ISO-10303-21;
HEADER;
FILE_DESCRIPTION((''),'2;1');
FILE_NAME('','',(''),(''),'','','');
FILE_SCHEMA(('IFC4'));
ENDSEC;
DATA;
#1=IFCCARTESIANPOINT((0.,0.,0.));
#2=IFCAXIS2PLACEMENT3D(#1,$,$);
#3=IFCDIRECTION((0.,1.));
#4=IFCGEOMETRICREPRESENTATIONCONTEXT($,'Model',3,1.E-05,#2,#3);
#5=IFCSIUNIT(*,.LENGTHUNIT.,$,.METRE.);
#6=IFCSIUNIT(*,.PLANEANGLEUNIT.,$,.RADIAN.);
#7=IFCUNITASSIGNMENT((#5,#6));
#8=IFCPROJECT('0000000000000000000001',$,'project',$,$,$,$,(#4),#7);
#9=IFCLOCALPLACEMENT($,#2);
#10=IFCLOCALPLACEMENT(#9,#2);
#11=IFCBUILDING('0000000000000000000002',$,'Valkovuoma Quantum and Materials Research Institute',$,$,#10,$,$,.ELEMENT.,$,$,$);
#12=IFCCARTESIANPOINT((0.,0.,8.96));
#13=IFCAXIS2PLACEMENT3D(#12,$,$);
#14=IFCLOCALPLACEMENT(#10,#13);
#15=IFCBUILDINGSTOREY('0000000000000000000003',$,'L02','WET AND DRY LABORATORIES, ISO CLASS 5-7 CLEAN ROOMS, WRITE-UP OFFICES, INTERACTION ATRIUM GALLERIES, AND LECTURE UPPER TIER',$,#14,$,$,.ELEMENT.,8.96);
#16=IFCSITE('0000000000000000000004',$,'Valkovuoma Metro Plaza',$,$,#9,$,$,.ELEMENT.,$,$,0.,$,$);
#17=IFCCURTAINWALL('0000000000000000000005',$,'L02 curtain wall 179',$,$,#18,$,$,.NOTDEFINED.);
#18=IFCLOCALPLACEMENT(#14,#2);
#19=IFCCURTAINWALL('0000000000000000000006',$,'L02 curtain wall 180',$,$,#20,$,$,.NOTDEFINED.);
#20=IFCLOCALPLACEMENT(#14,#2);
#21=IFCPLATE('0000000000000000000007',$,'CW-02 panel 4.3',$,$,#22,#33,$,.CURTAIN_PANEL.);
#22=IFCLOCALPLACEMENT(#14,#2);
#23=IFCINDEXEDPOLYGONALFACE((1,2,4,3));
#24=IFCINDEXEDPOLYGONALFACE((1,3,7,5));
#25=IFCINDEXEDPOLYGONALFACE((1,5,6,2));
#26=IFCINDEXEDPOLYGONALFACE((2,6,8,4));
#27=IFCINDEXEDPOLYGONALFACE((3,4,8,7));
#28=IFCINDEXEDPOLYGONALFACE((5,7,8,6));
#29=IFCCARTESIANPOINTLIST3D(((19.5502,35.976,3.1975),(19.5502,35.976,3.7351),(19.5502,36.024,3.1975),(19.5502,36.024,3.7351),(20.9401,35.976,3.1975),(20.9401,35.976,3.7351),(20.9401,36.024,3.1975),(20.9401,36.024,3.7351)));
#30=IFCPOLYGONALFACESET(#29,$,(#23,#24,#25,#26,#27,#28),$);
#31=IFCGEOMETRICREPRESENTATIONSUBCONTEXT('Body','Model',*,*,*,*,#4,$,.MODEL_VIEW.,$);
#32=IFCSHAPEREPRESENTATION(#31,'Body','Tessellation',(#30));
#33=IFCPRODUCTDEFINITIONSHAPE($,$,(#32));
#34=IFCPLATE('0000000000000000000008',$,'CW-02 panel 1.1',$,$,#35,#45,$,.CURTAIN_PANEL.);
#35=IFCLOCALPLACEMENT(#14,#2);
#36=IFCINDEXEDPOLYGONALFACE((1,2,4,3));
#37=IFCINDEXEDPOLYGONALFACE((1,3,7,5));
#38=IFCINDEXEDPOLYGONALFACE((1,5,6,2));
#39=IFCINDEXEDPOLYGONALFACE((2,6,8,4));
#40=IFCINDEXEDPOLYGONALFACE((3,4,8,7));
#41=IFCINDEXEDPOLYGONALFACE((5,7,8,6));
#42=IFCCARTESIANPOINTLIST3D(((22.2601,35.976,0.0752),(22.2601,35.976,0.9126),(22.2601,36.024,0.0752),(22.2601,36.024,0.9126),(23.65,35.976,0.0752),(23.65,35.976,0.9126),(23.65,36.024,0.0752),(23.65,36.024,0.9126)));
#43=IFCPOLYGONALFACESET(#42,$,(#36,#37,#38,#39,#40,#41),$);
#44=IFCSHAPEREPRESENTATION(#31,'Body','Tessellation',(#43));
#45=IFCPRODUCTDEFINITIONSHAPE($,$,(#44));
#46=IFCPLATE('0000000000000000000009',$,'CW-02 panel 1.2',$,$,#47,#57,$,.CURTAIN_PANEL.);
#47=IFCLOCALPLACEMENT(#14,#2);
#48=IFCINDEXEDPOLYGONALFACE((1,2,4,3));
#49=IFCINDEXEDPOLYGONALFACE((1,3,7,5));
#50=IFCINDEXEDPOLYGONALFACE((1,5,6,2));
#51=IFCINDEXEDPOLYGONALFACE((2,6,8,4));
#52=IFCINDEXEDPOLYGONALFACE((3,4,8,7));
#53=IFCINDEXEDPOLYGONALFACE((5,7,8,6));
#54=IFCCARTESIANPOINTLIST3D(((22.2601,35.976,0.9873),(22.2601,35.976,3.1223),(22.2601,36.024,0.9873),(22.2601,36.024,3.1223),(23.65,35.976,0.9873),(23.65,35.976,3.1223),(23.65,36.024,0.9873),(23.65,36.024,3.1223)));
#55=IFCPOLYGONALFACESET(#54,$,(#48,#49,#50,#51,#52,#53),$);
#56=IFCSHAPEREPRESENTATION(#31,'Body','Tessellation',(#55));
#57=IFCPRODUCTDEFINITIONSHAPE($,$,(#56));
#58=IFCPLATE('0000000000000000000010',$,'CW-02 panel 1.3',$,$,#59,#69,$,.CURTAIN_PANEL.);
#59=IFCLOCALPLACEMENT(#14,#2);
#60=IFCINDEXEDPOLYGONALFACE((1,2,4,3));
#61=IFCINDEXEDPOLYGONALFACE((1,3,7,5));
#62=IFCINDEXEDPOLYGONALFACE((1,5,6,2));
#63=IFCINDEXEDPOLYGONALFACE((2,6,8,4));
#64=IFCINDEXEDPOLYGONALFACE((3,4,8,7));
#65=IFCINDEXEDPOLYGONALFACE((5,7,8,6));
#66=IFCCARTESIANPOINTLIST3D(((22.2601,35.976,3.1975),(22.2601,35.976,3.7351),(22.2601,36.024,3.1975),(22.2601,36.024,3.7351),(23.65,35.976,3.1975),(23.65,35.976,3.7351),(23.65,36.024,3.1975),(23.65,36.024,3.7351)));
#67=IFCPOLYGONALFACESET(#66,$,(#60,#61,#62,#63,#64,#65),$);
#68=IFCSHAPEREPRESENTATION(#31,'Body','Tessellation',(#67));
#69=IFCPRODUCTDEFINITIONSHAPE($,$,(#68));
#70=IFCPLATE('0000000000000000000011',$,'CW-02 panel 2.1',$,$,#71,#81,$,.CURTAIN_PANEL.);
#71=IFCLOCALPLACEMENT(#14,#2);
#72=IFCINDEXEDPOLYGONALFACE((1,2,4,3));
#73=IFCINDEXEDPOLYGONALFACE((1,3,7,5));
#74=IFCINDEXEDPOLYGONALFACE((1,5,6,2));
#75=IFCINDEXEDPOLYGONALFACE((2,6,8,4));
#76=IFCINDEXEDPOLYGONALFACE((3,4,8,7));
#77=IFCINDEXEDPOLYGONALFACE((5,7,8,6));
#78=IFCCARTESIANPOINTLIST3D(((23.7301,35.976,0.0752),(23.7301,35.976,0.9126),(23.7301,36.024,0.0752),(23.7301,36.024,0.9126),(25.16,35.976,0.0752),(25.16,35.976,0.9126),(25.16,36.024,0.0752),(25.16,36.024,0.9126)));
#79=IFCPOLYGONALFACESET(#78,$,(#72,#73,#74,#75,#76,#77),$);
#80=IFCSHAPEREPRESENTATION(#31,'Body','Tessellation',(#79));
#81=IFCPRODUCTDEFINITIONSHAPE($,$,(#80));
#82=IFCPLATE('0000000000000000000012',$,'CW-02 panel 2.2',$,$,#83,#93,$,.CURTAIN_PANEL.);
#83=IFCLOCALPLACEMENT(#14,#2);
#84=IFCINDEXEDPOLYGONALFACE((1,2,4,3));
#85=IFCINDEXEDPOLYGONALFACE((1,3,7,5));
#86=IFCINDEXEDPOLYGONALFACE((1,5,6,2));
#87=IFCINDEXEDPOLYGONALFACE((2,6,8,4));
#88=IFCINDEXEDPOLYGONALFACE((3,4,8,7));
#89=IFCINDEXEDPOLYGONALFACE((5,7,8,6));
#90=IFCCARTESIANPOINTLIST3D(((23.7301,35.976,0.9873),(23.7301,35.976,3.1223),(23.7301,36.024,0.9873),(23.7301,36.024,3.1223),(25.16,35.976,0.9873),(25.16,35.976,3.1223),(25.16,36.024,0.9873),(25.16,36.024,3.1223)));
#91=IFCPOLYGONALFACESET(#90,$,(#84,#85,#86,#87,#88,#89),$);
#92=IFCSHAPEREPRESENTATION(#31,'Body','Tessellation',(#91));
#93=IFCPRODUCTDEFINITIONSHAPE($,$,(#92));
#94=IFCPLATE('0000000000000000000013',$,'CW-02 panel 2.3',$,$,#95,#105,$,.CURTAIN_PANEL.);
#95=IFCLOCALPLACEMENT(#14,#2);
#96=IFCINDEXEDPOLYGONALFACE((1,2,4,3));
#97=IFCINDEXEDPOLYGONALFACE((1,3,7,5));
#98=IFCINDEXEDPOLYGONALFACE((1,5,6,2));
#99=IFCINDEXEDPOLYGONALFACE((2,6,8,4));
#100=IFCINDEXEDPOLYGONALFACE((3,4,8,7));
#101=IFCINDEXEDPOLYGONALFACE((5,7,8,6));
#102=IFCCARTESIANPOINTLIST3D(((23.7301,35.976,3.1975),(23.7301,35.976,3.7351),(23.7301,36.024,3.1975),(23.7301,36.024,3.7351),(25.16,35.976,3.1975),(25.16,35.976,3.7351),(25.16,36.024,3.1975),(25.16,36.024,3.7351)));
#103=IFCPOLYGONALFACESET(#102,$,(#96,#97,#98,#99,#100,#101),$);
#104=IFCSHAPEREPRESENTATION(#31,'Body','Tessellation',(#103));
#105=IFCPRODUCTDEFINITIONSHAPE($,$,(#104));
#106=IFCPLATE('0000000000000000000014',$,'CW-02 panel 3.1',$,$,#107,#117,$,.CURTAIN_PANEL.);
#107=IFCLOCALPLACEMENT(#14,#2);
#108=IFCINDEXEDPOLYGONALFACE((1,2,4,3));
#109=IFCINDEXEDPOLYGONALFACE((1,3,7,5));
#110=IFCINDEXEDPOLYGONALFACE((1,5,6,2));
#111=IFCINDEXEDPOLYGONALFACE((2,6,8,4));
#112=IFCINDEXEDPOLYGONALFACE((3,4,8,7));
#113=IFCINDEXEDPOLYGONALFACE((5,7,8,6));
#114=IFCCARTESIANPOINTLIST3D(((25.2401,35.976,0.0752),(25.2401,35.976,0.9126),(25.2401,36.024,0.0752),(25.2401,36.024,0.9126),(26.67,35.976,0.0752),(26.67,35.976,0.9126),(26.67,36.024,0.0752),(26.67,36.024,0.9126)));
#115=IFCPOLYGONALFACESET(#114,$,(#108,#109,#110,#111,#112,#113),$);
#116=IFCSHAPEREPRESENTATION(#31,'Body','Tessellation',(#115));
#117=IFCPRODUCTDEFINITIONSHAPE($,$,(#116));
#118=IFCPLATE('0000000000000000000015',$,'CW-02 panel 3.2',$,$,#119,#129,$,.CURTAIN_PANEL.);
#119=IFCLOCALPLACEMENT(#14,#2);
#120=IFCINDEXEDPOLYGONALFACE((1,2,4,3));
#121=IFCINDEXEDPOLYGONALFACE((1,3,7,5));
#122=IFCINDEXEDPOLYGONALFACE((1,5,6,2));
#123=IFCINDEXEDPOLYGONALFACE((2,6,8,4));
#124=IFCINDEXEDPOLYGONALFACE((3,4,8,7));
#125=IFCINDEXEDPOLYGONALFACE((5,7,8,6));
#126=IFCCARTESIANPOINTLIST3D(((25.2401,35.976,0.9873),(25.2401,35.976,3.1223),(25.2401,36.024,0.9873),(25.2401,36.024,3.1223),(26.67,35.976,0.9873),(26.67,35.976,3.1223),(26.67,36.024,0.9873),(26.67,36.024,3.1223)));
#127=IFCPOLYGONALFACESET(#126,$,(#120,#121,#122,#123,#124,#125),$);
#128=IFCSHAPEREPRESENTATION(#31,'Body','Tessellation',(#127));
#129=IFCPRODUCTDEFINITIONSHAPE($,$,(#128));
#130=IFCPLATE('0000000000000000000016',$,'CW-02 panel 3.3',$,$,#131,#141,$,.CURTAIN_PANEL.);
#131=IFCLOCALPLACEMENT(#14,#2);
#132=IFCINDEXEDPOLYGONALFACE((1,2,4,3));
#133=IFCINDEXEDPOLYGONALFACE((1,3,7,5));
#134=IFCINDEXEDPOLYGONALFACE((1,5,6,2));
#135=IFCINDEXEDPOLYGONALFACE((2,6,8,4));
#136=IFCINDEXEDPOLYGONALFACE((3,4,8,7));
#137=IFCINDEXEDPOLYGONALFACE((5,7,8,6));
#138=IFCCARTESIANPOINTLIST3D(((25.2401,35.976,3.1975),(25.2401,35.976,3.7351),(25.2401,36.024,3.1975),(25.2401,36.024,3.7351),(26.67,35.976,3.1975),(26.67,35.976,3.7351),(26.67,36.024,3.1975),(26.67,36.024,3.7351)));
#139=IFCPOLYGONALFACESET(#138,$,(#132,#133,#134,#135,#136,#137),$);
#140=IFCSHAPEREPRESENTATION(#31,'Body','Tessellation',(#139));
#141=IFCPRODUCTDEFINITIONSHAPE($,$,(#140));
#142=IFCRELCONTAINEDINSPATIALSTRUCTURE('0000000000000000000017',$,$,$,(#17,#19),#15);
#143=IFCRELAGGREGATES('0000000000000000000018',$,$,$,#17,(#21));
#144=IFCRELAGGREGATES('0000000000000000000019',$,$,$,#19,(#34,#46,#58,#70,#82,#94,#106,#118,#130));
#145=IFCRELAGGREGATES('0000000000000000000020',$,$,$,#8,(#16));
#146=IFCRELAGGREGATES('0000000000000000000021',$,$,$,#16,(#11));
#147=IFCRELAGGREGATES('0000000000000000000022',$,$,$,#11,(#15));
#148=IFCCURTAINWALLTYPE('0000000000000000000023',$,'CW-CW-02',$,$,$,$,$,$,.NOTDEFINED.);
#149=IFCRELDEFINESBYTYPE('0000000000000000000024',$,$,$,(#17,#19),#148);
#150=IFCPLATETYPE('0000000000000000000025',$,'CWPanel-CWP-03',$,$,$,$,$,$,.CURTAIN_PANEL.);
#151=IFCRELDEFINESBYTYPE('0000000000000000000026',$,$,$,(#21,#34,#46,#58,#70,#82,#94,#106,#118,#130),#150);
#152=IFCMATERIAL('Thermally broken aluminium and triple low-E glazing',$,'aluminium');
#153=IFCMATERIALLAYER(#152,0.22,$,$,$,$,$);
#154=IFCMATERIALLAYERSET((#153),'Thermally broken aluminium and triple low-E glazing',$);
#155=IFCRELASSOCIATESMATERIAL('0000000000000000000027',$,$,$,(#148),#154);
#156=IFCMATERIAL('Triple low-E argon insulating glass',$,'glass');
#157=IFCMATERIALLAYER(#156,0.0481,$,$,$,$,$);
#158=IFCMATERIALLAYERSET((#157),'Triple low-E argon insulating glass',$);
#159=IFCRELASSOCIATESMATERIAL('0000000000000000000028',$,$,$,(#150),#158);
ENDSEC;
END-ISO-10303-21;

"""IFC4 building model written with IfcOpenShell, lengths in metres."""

from ifc_helpers import new_model, si_unit, direction, frame, origin, origin_2d, place, context, subcontext, project, spatial, rectangle, extrude, material, layer, layer_set, type_object, element, aggregate, save


model = new_model("IFC4")

# Units and contexts
model_context = context("Model", 3, precision=1e-05, world=origin(), true_north=direction((0.0, 1.0)))
body_context = subcontext(model_context, "Body", "Model", "MODEL_VIEW")
ifc_project = project(units=[si_unit("LENGTHUNIT", "METRE"), si_unit("PLANEANGLEUNIT", "RADIAN")], contexts=[model_context])

# Site, building, storey
site_placement = place(None, origin())
site = spatial("IfcSite", under=ifc_project, at=site_placement, Name="Valkovuoma Metro Plaza", CompositionType="ELEMENT", RefElevation=0.0)
building_placement = place(site_placement, origin())
building = spatial("IfcBuilding", under=site, at=building_placement, Name="Valkovuoma Quantum and Materials Research Institute", CompositionType="ELEMENT")
storey_placement = place(building_placement, frame((0.0, 0.0, 8.96)))
storey = spatial("IfcBuildingStorey", under=building, at=storey_placement, Name="L02", Description="WET AND DRY LABORATORIES, ISO CLASS 5-7 CLEAN ROOMS, WRITE-UP OFFICES, INTERACTION ATRIUM GALLERIES, AND LECTURE UPPER TIER", CompositionType="ELEMENT", Elevation=8.96)

# Curtain wall
ifc_material_1 = material(Name="Thermally broken aluminium and triple low-E glazing", Category="aluminium")
ifc_layer_1 = layer(ifc_material_1, 0.22)
ifc_layer_set_1 = layer_set([ifc_layer_1], Name="Thermally broken aluminium and triple low-E glazing")
curtain_wall_type = type_object("IfcCurtainWallType", Name="CW-CW-02", PredefinedType="NOTDEFINED", material=ifc_layer_set_1)
curtain_wall_1_placement = place(storey_placement, origin())
curtain_wall_1 = element("IfcCurtainWall", 1, at=curtain_wall_1_placement, inside=storey, type_object=curtain_wall_type, Name="L02 curtain wall 179", PredefinedType="NOTDEFINED")

# Curtain wall
curtain_wall_2_placement = place(storey_placement, origin())
curtain_wall_2 = element("IfcCurtainWall", 2, at=curtain_wall_2_placement, inside=storey, type_object=curtain_wall_type, Name="L02 curtain wall 180", PredefinedType="NOTDEFINED")

# Plates
ifc_material_2 = material(Name="Triple low-E argon insulating glass", Category="glass")
ifc_layer_2 = layer(ifc_material_2, 0.0481)
ifc_layer_set_2 = layer_set([ifc_layer_2], Name="Triple low-E argon insulating glass")
plate_type = type_object("IfcPlateType", Name="CWPanel-CWP-03", PredefinedType="CURTAIN_PANEL", material=ifc_layer_set_2)
plate_1_placement = place(storey_placement, frame((20.2451, 36.0, 3.1975), z_axis=(0.0, 0.0, 1.0), x_axis=(1.0, 0.0, 0.0)))
plate_1 = element("IfcPlate", 3, at=plate_1_placement, type_object=plate_type, Name="CW-02 panel 4.3", PredefinedType="CURTAIN_PANEL", context=body_context, shape_type="SweptSolid", body=[
    extrude(rectangle(XDim=1.3899, YDim=0.0481, at=origin_2d()), origin(), (0.0, 0.0, 1.0), 0.5376),
])
aggregate(curtain_wall_1, [plate_1])
plate_2_placement = place(storey_placement, frame((22.9551, 36.0, 0.0752), z_axis=(0.0, 0.0, 1.0), x_axis=(1.0, 0.0, 0.0)))
plate_2 = element("IfcPlate", 4, at=plate_2_placement, type_object=plate_type, Name="CW-02 panel 1.1", PredefinedType="CURTAIN_PANEL", context=body_context, shape_type="SweptSolid", body=[
    extrude(rectangle(XDim=1.3899, YDim=0.0481, at=origin_2d()), origin(), (0.0, 0.0, 1.0), 0.8374),
])
plate_3_placement = place(storey_placement, frame((22.9551, 36.0, 0.9873), z_axis=(0.0, 0.0, 1.0), x_axis=(1.0, 0.0, 0.0)))
plate_3 = element("IfcPlate", 5, at=plate_3_placement, type_object=plate_type, Name="CW-02 panel 1.2", PredefinedType="CURTAIN_PANEL", context=body_context, shape_type="SweptSolid", body=[
    extrude(rectangle(XDim=1.3899, YDim=0.0481, at=origin_2d()), origin(), (0.0, 0.0, 1.0), 2.135),
])
plate_4_placement = place(storey_placement, frame((22.9551, 36.0, 3.1975), z_axis=(0.0, 0.0, 1.0), x_axis=(1.0, 0.0, 0.0)))
plate_4 = element("IfcPlate", 6, at=plate_4_placement, type_object=plate_type, Name="CW-02 panel 1.3", PredefinedType="CURTAIN_PANEL", context=body_context, shape_type="SweptSolid", body=[
    extrude(rectangle(XDim=1.3899, YDim=0.0481, at=origin_2d()), origin(), (0.0, 0.0, 1.0), 0.5376),
])
plate_5_placement = place(storey_placement, frame((24.4451, 36.0, 0.0752), z_axis=(0.0, 0.0, 1.0), x_axis=(1.0, 0.0, 0.0)))
plate_5 = element("IfcPlate", 7, at=plate_5_placement, type_object=plate_type, Name="CW-02 panel 2.1", PredefinedType="CURTAIN_PANEL", context=body_context, shape_type="SweptSolid", body=[
    extrude(rectangle(XDim=1.4299, YDim=0.0481, at=origin_2d()), origin(), (0.0, 0.0, 1.0), 0.8374),
])
plate_6_placement = place(storey_placement, frame((24.4451, 36.0, 0.9873), z_axis=(0.0, 0.0, 1.0), x_axis=(1.0, 0.0, 0.0)))
plate_6 = element("IfcPlate", 8, at=plate_6_placement, type_object=plate_type, Name="CW-02 panel 2.2", PredefinedType="CURTAIN_PANEL", context=body_context, shape_type="SweptSolid", body=[
    extrude(rectangle(XDim=1.4299, YDim=0.0481, at=origin_2d()), origin(), (0.0, 0.0, 1.0), 2.135),
])
plate_7_placement = place(storey_placement, frame((24.4451, 36.0, 3.1975), z_axis=(0.0, 0.0, 1.0), x_axis=(1.0, 0.0, 0.0)))
plate_7 = element("IfcPlate", 9, at=plate_7_placement, type_object=plate_type, Name="CW-02 panel 2.3", PredefinedType="CURTAIN_PANEL", context=body_context, shape_type="SweptSolid", body=[
    extrude(rectangle(XDim=1.4299, YDim=0.0481, at=origin_2d()), origin(), (0.0, 0.0, 1.0), 0.5376),
])
plate_8_placement = place(storey_placement, frame((25.9551, 36.0, 0.0752), z_axis=(0.0, 0.0, 1.0), x_axis=(1.0, 0.0, 0.0)))
plate_8 = element("IfcPlate", 10, at=plate_8_placement, type_object=plate_type, Name="CW-02 panel 3.1", PredefinedType="CURTAIN_PANEL", context=body_context, shape_type="SweptSolid", body=[
    extrude(rectangle(XDim=1.4299, YDim=0.0481, at=origin_2d()), origin(), (0.0, 0.0, 1.0), 0.8374),
])
plate_9_placement = place(storey_placement, frame((25.9551, 36.0, 0.9873), z_axis=(0.0, 0.0, 1.0), x_axis=(1.0, 0.0, 0.0)))
plate_9 = element("IfcPlate", 11, at=plate_9_placement, type_object=plate_type, Name="CW-02 panel 3.2", PredefinedType="CURTAIN_PANEL", context=body_context, shape_type="SweptSolid", body=[
    extrude(rectangle(XDim=1.4299, YDim=0.0481, at=origin_2d()), origin(), (0.0, 0.0, 1.0), 2.135),
])
plate_10_placement = place(storey_placement, frame((25.9551, 36.0, 3.1975), z_axis=(0.0, 0.0, 1.0), x_axis=(1.0, 0.0, 0.0)))
plate_10 = element("IfcPlate", 12, at=plate_10_placement, type_object=plate_type, Name="CW-02 panel 3.3", PredefinedType="CURTAIN_PANEL", context=body_context, shape_type="SweptSolid", body=[
    extrude(rectangle(XDim=1.4299, YDim=0.0481, at=origin_2d()), origin(), (0.0, 0.0, 1.0), 0.5376),
])
aggregate(curtain_wall_2, [plate_2, plate_3, plate_4, plate_5, plate_6, plate_7, plate_8, plate_9, plate_10])

save(model, "model.ifc")
